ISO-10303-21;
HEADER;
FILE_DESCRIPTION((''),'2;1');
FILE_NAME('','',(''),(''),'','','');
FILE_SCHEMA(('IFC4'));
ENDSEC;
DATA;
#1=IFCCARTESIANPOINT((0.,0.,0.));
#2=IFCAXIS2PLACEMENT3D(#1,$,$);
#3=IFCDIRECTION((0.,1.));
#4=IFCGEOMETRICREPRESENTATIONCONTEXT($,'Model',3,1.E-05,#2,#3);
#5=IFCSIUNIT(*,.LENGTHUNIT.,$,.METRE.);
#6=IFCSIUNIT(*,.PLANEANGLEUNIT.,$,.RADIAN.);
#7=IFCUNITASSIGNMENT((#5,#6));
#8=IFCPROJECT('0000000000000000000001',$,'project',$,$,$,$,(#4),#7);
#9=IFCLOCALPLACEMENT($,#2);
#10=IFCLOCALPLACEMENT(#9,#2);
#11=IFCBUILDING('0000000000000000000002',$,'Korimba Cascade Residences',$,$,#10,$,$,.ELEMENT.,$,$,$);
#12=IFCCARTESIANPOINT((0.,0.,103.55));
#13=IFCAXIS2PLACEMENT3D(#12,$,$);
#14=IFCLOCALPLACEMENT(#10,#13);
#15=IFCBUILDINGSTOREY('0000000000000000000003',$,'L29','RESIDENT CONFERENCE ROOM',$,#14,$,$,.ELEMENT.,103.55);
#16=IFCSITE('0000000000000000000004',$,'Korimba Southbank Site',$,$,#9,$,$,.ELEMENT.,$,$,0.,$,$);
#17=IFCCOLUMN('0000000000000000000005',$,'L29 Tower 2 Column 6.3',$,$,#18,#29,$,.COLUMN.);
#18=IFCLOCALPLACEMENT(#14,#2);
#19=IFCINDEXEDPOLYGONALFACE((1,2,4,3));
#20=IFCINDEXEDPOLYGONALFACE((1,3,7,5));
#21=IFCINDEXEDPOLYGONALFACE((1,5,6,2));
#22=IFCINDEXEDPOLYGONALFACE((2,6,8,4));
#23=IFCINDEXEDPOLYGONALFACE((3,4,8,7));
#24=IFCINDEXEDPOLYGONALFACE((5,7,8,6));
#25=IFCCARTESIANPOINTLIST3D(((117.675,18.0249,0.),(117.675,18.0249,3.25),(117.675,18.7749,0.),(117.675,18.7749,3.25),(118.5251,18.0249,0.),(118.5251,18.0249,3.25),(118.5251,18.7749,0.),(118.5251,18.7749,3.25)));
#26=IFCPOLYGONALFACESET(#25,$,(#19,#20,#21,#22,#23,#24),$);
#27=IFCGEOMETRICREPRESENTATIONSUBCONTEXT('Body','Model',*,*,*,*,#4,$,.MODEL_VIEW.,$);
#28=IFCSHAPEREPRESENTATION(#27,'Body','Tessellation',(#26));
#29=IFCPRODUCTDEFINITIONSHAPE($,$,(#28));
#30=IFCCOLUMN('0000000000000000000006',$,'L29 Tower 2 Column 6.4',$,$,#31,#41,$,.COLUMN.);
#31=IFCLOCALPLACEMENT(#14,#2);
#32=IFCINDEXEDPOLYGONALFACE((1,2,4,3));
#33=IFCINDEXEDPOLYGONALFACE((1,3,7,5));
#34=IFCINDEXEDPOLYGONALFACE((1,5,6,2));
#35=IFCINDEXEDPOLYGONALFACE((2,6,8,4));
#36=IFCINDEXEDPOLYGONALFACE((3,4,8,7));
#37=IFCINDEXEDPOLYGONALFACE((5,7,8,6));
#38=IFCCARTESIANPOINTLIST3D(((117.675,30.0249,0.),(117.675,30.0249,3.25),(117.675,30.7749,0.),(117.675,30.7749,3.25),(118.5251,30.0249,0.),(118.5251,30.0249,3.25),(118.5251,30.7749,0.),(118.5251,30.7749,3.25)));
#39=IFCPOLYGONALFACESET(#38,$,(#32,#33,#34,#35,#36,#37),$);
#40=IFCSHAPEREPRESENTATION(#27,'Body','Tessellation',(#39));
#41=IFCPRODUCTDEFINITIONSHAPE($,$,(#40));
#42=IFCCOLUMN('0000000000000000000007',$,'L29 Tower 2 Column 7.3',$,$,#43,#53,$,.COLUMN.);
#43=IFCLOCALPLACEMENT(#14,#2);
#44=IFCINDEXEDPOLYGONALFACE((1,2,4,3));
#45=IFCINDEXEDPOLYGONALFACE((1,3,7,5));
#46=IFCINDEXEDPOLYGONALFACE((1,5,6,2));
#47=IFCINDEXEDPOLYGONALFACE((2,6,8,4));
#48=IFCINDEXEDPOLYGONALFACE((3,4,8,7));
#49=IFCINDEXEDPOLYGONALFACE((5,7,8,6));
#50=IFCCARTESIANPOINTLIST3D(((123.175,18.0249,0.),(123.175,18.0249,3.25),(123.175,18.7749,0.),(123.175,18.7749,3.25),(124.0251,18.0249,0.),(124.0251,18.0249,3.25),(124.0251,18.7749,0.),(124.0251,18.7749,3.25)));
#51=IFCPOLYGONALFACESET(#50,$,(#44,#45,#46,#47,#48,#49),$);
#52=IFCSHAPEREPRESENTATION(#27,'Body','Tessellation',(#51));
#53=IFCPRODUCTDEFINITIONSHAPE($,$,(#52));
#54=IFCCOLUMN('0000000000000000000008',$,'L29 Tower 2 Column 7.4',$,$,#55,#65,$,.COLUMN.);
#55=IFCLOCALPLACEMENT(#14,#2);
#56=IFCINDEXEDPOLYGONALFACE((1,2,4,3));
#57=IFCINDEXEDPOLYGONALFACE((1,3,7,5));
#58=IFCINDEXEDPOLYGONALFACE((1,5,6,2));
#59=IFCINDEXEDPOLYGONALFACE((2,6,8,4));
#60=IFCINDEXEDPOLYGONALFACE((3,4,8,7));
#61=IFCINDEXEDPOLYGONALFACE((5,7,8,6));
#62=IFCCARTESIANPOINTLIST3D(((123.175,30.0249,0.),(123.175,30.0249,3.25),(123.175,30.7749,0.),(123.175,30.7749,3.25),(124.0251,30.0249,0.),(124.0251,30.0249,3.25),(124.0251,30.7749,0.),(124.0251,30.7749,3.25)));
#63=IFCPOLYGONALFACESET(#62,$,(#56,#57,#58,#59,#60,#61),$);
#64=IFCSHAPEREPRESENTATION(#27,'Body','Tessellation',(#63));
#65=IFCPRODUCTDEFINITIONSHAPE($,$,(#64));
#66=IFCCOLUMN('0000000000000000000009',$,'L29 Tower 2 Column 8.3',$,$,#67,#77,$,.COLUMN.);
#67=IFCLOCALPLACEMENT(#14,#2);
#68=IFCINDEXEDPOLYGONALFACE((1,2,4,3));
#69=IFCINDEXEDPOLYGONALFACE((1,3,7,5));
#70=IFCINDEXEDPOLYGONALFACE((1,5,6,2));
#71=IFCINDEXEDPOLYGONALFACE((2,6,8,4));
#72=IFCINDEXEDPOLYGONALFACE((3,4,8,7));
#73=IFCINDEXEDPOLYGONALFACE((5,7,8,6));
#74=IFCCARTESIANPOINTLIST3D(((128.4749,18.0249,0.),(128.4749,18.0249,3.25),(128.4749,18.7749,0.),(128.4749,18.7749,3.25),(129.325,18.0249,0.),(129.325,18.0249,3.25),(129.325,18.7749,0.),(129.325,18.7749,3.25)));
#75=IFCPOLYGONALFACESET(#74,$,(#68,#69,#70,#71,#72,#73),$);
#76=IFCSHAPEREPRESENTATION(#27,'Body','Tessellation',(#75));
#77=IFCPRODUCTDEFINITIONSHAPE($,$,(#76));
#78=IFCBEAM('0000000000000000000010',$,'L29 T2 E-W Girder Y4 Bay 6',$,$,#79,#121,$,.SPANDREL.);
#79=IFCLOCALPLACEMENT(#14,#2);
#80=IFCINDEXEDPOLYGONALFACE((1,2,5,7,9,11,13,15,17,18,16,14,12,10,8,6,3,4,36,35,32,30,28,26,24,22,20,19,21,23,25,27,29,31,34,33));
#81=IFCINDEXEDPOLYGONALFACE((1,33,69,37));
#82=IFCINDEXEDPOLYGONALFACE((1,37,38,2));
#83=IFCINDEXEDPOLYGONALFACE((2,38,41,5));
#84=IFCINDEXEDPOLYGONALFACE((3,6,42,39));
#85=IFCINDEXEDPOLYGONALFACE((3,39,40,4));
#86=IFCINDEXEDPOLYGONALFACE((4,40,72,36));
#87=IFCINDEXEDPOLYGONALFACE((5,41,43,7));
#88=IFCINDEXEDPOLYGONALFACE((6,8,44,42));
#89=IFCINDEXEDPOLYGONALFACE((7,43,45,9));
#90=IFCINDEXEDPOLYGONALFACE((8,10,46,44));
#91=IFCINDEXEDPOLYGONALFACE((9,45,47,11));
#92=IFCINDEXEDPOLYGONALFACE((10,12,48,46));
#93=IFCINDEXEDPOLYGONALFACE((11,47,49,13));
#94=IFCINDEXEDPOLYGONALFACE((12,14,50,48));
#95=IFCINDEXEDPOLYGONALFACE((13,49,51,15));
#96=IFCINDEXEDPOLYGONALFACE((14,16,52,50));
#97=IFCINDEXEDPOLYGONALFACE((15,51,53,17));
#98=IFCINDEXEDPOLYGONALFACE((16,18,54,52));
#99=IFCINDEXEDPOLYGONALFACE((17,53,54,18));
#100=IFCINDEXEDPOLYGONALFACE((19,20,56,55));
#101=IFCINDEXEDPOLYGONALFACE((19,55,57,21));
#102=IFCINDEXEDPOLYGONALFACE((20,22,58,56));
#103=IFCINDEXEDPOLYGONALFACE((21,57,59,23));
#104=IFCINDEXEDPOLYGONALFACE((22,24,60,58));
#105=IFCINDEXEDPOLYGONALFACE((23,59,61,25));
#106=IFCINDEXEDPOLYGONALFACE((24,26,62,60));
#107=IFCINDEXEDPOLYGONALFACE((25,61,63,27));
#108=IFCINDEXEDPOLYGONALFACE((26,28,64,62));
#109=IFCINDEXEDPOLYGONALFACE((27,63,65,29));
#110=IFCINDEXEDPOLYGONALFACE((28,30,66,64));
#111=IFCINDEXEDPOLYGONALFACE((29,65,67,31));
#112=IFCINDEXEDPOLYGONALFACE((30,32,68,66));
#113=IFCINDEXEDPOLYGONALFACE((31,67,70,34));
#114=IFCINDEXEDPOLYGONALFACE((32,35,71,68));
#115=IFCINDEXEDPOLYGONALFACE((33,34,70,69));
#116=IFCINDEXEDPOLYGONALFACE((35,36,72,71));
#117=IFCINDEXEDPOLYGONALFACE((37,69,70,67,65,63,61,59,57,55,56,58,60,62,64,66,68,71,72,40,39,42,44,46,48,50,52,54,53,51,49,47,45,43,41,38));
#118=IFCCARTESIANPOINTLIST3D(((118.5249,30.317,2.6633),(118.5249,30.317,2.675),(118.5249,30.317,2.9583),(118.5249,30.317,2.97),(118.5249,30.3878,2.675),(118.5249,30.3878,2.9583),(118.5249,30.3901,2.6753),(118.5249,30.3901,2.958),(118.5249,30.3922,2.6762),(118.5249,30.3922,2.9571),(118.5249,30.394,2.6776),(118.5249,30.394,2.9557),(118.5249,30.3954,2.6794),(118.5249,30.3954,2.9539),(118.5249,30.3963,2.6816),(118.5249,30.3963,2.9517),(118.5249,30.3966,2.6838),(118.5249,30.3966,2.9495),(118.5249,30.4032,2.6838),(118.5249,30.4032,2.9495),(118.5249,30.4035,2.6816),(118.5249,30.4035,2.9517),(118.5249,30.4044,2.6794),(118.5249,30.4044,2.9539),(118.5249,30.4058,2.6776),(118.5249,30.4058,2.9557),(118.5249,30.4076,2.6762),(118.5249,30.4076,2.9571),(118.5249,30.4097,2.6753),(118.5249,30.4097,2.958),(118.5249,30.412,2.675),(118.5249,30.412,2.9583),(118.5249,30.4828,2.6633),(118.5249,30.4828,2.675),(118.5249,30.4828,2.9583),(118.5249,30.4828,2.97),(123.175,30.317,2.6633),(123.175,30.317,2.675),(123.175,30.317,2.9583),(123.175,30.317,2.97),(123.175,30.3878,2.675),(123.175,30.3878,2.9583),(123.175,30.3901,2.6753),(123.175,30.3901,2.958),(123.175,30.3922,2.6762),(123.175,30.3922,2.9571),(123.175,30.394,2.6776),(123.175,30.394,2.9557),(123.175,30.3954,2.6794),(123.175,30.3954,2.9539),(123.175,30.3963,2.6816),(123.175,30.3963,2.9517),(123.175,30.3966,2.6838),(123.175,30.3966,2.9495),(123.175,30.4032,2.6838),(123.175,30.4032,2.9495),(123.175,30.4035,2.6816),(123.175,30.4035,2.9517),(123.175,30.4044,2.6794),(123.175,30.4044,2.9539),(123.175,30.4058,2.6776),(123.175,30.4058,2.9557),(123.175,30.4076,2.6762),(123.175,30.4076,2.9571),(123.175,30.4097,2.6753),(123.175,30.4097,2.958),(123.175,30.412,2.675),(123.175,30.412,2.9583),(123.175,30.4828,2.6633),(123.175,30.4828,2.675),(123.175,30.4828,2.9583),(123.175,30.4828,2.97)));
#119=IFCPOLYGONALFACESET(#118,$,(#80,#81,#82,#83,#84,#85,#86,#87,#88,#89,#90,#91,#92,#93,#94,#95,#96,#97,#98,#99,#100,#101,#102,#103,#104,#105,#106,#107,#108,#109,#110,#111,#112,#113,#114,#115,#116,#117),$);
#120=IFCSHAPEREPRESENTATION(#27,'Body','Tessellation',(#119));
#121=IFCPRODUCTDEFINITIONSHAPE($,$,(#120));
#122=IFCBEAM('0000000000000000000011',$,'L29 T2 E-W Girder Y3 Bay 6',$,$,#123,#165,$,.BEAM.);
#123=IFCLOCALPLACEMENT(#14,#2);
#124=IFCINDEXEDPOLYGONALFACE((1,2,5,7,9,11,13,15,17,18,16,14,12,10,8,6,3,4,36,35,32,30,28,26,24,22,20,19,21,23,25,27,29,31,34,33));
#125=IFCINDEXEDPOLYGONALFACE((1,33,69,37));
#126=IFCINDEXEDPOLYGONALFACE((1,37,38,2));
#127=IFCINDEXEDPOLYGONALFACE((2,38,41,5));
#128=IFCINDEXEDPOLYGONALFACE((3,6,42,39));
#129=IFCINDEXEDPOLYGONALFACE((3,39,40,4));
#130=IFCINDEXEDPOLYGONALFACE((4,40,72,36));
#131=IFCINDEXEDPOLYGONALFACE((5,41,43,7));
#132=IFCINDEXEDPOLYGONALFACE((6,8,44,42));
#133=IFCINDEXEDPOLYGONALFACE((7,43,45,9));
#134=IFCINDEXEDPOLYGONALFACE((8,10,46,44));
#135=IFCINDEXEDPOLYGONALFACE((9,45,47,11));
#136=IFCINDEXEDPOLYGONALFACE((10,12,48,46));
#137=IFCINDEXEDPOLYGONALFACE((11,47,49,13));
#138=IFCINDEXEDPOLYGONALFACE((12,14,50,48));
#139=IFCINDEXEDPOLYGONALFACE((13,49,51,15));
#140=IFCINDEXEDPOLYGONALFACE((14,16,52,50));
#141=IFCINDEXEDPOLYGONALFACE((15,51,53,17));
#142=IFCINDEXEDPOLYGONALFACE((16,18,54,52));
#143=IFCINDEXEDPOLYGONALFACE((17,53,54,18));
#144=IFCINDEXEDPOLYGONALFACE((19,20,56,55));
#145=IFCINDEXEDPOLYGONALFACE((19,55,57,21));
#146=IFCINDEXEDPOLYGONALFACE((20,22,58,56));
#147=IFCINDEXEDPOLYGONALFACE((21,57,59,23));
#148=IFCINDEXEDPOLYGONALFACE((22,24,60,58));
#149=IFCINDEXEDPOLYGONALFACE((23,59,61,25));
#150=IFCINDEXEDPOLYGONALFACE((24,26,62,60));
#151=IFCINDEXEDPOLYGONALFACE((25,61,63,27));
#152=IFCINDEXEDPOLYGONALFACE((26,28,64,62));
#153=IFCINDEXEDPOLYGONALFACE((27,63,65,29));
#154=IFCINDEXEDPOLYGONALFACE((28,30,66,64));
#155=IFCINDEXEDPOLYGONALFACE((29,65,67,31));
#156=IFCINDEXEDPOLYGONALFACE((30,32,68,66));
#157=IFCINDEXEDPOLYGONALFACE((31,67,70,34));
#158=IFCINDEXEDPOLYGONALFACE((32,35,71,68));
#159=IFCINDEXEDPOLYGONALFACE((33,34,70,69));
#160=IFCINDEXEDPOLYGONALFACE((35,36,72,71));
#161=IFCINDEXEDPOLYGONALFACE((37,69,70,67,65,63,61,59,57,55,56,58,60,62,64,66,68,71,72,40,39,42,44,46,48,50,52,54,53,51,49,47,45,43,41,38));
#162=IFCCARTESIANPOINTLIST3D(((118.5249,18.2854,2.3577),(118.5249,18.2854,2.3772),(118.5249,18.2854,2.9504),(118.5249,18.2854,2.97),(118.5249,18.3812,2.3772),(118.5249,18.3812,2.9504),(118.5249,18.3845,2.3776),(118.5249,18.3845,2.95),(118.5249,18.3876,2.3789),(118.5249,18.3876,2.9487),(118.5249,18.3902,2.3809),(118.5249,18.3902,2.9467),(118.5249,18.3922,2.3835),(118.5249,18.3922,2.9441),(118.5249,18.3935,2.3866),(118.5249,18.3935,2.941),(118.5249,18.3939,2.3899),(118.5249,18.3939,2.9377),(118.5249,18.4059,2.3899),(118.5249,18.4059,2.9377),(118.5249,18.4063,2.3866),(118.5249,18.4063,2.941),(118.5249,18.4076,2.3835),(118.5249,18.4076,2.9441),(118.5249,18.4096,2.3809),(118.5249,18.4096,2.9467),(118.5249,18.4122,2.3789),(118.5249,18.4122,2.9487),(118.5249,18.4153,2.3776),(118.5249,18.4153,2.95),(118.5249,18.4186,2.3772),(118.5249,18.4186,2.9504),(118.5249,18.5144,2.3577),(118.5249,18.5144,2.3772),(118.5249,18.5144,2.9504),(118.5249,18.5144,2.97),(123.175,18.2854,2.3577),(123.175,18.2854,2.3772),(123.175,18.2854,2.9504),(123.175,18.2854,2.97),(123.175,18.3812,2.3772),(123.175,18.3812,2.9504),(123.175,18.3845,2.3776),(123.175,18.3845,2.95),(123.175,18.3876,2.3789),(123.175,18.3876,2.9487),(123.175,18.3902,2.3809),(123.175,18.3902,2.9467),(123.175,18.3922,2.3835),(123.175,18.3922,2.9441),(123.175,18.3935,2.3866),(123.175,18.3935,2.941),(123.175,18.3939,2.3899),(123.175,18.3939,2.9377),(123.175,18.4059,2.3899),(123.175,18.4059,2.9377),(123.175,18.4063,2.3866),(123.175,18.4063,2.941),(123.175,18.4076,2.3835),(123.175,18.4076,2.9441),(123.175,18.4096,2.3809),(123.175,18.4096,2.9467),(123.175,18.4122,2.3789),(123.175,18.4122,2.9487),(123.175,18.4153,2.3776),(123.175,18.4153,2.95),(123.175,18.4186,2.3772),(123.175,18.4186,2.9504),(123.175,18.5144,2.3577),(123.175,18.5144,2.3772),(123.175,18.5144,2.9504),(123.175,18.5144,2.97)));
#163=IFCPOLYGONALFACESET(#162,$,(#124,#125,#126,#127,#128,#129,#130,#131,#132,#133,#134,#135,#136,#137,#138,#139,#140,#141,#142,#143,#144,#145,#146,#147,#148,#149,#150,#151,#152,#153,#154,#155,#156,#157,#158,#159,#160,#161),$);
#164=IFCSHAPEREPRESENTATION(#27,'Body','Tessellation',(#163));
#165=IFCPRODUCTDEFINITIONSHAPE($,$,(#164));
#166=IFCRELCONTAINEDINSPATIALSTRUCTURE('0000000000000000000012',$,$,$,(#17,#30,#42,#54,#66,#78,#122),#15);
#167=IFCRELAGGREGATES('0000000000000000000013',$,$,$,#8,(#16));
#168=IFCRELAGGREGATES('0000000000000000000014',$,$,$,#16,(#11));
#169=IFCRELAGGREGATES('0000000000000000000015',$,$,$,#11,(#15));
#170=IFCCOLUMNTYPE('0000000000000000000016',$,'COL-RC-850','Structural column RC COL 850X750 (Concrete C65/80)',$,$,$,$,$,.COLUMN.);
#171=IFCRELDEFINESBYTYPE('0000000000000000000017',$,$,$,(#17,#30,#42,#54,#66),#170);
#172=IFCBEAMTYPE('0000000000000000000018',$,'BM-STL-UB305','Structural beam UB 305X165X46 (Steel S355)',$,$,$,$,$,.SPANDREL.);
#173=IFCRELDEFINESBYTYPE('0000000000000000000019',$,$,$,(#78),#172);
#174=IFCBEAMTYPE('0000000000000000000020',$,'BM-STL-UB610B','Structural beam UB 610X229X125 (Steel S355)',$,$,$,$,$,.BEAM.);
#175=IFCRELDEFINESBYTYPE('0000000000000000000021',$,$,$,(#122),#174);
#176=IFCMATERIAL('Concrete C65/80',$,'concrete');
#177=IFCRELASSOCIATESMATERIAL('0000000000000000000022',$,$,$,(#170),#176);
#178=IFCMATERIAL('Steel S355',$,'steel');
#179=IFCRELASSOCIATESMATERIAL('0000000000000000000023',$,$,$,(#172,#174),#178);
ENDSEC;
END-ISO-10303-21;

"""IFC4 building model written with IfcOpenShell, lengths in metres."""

from ifc_helpers import new_model, si_unit, direction, frame, origin, origin_2d, place, context, subcontext, project, spatial, rectangle, i_section, extrude, material, material_profile, profile_set, type_object, element, save


model = new_model("IFC4")

# Units and contexts
model_context = context("Model", 3, precision=1e-05, world=origin(), true_north=direction((0.0, 1.0)))
body_context = subcontext(model_context, "Body", "Model", "MODEL_VIEW")
ifc_project = project(units=[si_unit("LENGTHUNIT", "METRE"), si_unit("PLANEANGLEUNIT", "RADIAN")], contexts=[model_context])

# Site, building, storey
site_placement = place(None, origin())
site = spatial("IfcSite", under=ifc_project, at=site_placement, Name="Korimba Southbank Site", CompositionType="ELEMENT", RefElevation=0.0)
building_placement = place(site_placement, origin())
building = spatial("IfcBuilding", under=site, at=building_placement, Name="Korimba Cascade Residences", CompositionType="ELEMENT")
storey_placement = place(building_placement, frame((0.0, 0.0, 103.55)))
storey = spatial("IfcBuildingStorey", under=building, at=storey_placement, Name="L29", Description="RESIDENT CONFERENCE ROOM", CompositionType="ELEMENT", Elevation=103.55)

# Columns
ifc_material_1 = material(Name="Concrete C65/80", Category="concrete")
ifc_material_profile_1 = material_profile(ifc_material_1, rectangle(XDim=0.8501, YDim=0.75, at=origin_2d()), Name="Concrete C65/80")
ifc_profile_set_1 = profile_set([ifc_material_profile_1], Name="Concrete C65/80")
column_type = type_object("IfcColumnType", Name="COL-RC-850", Description="Structural column RC COL 850X750 (Concrete C65/80)", PredefinedType="COLUMN", material=ifc_profile_set_1)
for number, where, z_axis, x_axis, name in (
    (1, (118.1001, 18.3999, 0.0), (0.0, 0.0, 1.0), (1.0, 0.0, 0.0), "L29 Tower 2 Column 6.3"),
    (2, (118.1001, 30.3999, 0.0), (0.0, 0.0, 1.0), (1.0, 0.0, 0.0), "L29 Tower 2 Column 6.4"),
    (3, (123.6001, 18.3999, 0.0), (0.0, 0.0, 1.0), (1.0, 0.0, 0.0), "L29 Tower 2 Column 7.3"),
    (4, (123.6001, 30.3999, 0.0), (0.0, 0.0, 1.0), (1.0, 0.0, 0.0), "L29 Tower 2 Column 7.4"),
    (5, (128.8999, 18.3999, 0.0), (0.0, 0.0, 1.0), (1.0, 0.0, 0.0), "L29 Tower 2 Column 8.3"),
):
    element("IfcColumn", number, at=place(storey_placement, frame(where, z_axis=z_axis, x_axis=x_axis)), inside=storey, type_object=column_type, Name=name, PredefinedType="COLUMN", context=body_context, shape_type="SweptSolid", body=[
        extrude(rectangle(XDim=0.8501, YDim=0.75, at=origin_2d()), origin(), (0.0, 0.0, 1.0), 3.25),
    ])

# Beams
ifc_material_2 = material(Name="Steel S355", Category="steel")
ifc_material_profile_2 = material_profile(ifc_material_2, i_section(OverallWidth=0.1658, OverallDepth=0.3066, WebThickness=0.0066, FlangeThickness=0.0117, FilletRadius=0.0088, at=origin_2d()), Name="Steel S355")
ifc_profile_set_2 = profile_set([ifc_material_profile_2], Name="Steel S355")
beam_type_1 = type_object("IfcBeamType", Name="BM-STL-UB305", Description="Structural beam UB 305X165X46 (Steel S355)", PredefinedType="SPANDREL", material=ifc_profile_set_2)
beam_1_placement = place(storey_placement, frame((118.5249, 30.3999, 2.8167), z_axis=(1.0, 0.0, 0.0), x_axis=(0.0, 1.0, 0.0)))
element("IfcBeam", 6, at=beam_1_placement, inside=storey, type_object=beam_type_1, Name="L29 T2 E-W Girder Y4 Bay 6", PredefinedType="SPANDREL", context=body_context, shape_type="SweptSolid", body=[
    extrude(i_section(OverallWidth=0.1658, OverallDepth=0.3066, WebThickness=0.0066, FlangeThickness=0.0117, FilletRadius=0.0088, at=origin_2d()), origin(), (0.0, 0.0, 1.0), 4.6501),
])
ifc_material_profile_3 = material_profile(ifc_material_2, i_section(OverallWidth=0.229, OverallDepth=0.6123, WebThickness=0.012, FlangeThickness=0.0195, FilletRadius=0.0127, at=origin_2d()), Name="Steel S355")
ifc_profile_set_3 = profile_set([ifc_material_profile_3], Name="Steel S355")
beam_type_2 = type_object("IfcBeamType", Name="BM-STL-UB610B", Description="Structural beam UB 610X229X125 (Steel S355)", PredefinedType="BEAM", material=ifc_profile_set_3)
beam_2_placement = place(storey_placement, frame((118.5249, 18.3999, 2.6638), z_axis=(1.0, 0.0, 0.0), x_axis=(0.0, 1.0, 0.0)))
element("IfcBeam", 7, at=beam_2_placement, inside=storey, type_object=beam_type_2, Name="L29 T2 E-W Girder Y3 Bay 6", PredefinedType="BEAM", context=body_context, shape_type="SweptSolid", body=[
    extrude(i_section(OverallWidth=0.229, OverallDepth=0.6123, WebThickness=0.012, FlangeThickness=0.0195, FilletRadius=0.0127, at=origin_2d()), origin(), (0.0, 0.0, 1.0), 4.6501),
])

save(model, "model.ifc")
